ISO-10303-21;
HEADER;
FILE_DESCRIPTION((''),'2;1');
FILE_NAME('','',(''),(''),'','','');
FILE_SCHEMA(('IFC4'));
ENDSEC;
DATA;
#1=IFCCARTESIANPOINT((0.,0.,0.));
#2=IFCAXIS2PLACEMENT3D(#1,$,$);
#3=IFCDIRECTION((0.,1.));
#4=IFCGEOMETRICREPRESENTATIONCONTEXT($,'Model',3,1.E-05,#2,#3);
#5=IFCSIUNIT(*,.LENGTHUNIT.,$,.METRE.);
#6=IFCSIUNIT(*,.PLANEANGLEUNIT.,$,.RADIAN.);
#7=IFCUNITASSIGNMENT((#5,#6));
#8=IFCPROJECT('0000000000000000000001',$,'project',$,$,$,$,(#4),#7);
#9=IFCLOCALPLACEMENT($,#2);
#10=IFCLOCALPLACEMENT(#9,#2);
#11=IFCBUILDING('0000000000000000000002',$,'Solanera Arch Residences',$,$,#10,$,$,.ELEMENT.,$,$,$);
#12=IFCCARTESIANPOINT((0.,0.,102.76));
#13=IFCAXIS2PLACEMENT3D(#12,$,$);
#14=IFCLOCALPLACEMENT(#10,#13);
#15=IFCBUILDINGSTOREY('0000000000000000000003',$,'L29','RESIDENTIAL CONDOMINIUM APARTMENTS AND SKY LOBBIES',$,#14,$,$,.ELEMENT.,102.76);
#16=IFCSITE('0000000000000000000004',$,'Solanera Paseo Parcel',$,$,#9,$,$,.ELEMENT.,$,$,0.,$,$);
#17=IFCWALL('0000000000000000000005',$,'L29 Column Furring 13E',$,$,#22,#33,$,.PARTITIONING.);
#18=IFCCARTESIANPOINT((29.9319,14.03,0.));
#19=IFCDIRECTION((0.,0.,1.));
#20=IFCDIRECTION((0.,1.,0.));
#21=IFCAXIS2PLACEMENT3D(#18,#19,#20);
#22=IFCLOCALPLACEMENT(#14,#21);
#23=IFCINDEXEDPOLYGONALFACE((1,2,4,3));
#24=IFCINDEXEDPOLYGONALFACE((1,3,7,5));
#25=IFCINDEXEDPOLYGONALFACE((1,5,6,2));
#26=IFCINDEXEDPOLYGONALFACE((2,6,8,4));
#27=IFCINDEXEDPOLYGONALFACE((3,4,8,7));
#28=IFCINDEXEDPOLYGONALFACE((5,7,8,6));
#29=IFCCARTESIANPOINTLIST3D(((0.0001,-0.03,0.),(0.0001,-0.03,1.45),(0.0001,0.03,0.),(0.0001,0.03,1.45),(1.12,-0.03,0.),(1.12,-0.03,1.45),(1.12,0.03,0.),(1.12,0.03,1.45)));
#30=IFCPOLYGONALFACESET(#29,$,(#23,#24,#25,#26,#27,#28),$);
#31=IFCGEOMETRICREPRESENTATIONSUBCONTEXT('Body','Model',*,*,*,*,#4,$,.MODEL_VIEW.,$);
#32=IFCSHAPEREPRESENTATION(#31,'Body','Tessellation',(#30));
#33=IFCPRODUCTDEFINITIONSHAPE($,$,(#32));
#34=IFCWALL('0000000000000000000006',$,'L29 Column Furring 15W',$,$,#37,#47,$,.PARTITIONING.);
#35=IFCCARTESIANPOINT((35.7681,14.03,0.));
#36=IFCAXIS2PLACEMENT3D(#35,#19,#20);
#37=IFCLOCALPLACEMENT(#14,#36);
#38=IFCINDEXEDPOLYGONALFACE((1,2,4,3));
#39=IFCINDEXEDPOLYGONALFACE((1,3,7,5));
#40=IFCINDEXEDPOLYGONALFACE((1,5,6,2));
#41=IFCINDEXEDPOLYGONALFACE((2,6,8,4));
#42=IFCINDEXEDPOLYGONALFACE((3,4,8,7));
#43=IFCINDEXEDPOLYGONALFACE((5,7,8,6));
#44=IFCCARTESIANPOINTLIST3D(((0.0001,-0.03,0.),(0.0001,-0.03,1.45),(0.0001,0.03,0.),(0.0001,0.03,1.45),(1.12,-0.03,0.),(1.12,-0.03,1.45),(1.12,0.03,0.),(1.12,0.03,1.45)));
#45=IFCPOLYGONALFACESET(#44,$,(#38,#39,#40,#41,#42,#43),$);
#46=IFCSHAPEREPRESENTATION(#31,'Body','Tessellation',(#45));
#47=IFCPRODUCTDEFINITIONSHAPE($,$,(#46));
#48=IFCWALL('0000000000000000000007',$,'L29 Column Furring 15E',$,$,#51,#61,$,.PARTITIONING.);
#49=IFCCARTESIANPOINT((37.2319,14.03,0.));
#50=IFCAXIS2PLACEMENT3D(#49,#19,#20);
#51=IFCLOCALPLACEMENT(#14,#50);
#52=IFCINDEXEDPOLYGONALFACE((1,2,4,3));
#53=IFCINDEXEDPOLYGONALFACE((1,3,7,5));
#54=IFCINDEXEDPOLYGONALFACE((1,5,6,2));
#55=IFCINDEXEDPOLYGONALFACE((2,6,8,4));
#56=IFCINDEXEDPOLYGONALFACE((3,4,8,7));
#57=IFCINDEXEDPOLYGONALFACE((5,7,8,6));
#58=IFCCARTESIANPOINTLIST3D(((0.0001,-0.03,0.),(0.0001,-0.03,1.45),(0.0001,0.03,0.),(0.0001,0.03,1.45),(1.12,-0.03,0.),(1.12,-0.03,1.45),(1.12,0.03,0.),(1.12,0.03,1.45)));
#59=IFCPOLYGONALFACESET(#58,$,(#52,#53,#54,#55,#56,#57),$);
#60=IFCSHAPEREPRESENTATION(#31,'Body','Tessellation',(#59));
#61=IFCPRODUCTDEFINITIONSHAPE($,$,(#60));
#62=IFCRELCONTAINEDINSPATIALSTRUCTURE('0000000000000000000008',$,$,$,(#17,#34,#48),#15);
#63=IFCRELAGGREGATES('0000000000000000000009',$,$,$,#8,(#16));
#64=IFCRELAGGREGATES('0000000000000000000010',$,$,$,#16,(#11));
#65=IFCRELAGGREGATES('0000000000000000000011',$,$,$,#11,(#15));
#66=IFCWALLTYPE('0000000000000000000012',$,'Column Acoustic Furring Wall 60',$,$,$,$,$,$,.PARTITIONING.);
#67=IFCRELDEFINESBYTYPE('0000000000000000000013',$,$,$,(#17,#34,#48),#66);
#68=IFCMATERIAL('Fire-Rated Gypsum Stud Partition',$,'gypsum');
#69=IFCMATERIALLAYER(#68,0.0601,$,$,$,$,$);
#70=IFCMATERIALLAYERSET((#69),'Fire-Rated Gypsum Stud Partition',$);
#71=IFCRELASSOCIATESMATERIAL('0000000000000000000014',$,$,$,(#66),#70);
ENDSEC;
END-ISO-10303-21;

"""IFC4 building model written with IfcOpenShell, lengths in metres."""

from ifc_helpers import new_model, si_unit, direction, frame, frame_2d, origin, place, context, subcontext, project, spatial, rectangle, extrude, material, layer, layer_set, type_object, element, save


model = new_model("IFC4")

# Units and contexts
model_context = context("Model", 3, precision=1e-05, world=origin(), true_north=direction((0.0, 1.0)))
body_context = subcontext(model_context, "Body", "Model", "MODEL_VIEW")
ifc_project = project(units=[si_unit("LENGTHUNIT", "METRE"), si_unit("PLANEANGLEUNIT", "RADIAN")], contexts=[model_context])

# Site, building, storey
site_placement = place(None, origin())
site = spatial("IfcSite", under=ifc_project, at=site_placement, Name="Solanera Paseo Parcel", CompositionType="ELEMENT", RefElevation=0.0)
building_placement = place(site_placement, origin())
building = spatial("IfcBuilding", under=site, at=building_placement, Name="Solanera Arch Residences", CompositionType="ELEMENT")
storey_placement = place(building_placement, frame((0.0, 0.0, 102.76)))
storey = spatial("IfcBuildingStorey", under=building, at=storey_placement, Name="L29", Description="RESIDENTIAL CONDOMINIUM APARTMENTS AND SKY LOBBIES", CompositionType="ELEMENT", Elevation=102.76)

# Walls
ifc_material_1 = material(Name="Fire-Rated Gypsum Stud Partition", Category="gypsum")
ifc_layer_1 = layer(ifc_material_1, 0.0601)
ifc_layer_set_1 = layer_set([ifc_layer_1], Name="Fire-Rated Gypsum Stud Partition")
wall_type_1 = type_object("IfcWallType", Name="Column Acoustic Furring Wall 60", PredefinedType="PARTITIONING", material=ifc_layer_set_1)
wall_1_placement = place(storey_placement, frame((29.9319, 14.03, 0.0), z_axis=(0.0, 0.0, 1.0), x_axis=(0.0, 1.0, 0.0)))
element("IfcWall", 1, at=wall_1_placement, inside=storey, type_object=wall_type_1, Name="L29 Column Furring 13E", PredefinedType="PARTITIONING", context=body_context, shape_type="SweptSolid", body=[
    extrude(rectangle(XDim=1.1199, YDim=0.0601, at=frame_2d((0.5601, 0.0))), origin(), (0.0, 0.0, 1.0), 1.45),
])
for number, where, z_axis, x_axis, name in (
    (2, (35.7681, 14.03, 0.0), (0.0, 0.0, 1.0), (0.0, 1.0, 0.0), "L29 Column Furring 15W"),
    (3, (37.2319, 14.03, 0.0), (0.0, 0.0, 1.0), (0.0, 1.0, 0.0), "L29 Column Furring 15E"),
):
    element("IfcWall", number, at=place(storey_placement, frame(where, z_axis=z_axis, x_axis=x_axis)), inside=storey, type_object=wall_type_1, Name=name, PredefinedType="PARTITIONING", context=body_context, shape_type="SweptSolid", body=[
        extrude(rectangle(XDim=1.1199, YDim=0.0601, at=frame_2d((0.5601, 0.0))), origin(), (0.0, 0.0, 1.0), 1.45),
    ])

save(model, "model.ifc")
